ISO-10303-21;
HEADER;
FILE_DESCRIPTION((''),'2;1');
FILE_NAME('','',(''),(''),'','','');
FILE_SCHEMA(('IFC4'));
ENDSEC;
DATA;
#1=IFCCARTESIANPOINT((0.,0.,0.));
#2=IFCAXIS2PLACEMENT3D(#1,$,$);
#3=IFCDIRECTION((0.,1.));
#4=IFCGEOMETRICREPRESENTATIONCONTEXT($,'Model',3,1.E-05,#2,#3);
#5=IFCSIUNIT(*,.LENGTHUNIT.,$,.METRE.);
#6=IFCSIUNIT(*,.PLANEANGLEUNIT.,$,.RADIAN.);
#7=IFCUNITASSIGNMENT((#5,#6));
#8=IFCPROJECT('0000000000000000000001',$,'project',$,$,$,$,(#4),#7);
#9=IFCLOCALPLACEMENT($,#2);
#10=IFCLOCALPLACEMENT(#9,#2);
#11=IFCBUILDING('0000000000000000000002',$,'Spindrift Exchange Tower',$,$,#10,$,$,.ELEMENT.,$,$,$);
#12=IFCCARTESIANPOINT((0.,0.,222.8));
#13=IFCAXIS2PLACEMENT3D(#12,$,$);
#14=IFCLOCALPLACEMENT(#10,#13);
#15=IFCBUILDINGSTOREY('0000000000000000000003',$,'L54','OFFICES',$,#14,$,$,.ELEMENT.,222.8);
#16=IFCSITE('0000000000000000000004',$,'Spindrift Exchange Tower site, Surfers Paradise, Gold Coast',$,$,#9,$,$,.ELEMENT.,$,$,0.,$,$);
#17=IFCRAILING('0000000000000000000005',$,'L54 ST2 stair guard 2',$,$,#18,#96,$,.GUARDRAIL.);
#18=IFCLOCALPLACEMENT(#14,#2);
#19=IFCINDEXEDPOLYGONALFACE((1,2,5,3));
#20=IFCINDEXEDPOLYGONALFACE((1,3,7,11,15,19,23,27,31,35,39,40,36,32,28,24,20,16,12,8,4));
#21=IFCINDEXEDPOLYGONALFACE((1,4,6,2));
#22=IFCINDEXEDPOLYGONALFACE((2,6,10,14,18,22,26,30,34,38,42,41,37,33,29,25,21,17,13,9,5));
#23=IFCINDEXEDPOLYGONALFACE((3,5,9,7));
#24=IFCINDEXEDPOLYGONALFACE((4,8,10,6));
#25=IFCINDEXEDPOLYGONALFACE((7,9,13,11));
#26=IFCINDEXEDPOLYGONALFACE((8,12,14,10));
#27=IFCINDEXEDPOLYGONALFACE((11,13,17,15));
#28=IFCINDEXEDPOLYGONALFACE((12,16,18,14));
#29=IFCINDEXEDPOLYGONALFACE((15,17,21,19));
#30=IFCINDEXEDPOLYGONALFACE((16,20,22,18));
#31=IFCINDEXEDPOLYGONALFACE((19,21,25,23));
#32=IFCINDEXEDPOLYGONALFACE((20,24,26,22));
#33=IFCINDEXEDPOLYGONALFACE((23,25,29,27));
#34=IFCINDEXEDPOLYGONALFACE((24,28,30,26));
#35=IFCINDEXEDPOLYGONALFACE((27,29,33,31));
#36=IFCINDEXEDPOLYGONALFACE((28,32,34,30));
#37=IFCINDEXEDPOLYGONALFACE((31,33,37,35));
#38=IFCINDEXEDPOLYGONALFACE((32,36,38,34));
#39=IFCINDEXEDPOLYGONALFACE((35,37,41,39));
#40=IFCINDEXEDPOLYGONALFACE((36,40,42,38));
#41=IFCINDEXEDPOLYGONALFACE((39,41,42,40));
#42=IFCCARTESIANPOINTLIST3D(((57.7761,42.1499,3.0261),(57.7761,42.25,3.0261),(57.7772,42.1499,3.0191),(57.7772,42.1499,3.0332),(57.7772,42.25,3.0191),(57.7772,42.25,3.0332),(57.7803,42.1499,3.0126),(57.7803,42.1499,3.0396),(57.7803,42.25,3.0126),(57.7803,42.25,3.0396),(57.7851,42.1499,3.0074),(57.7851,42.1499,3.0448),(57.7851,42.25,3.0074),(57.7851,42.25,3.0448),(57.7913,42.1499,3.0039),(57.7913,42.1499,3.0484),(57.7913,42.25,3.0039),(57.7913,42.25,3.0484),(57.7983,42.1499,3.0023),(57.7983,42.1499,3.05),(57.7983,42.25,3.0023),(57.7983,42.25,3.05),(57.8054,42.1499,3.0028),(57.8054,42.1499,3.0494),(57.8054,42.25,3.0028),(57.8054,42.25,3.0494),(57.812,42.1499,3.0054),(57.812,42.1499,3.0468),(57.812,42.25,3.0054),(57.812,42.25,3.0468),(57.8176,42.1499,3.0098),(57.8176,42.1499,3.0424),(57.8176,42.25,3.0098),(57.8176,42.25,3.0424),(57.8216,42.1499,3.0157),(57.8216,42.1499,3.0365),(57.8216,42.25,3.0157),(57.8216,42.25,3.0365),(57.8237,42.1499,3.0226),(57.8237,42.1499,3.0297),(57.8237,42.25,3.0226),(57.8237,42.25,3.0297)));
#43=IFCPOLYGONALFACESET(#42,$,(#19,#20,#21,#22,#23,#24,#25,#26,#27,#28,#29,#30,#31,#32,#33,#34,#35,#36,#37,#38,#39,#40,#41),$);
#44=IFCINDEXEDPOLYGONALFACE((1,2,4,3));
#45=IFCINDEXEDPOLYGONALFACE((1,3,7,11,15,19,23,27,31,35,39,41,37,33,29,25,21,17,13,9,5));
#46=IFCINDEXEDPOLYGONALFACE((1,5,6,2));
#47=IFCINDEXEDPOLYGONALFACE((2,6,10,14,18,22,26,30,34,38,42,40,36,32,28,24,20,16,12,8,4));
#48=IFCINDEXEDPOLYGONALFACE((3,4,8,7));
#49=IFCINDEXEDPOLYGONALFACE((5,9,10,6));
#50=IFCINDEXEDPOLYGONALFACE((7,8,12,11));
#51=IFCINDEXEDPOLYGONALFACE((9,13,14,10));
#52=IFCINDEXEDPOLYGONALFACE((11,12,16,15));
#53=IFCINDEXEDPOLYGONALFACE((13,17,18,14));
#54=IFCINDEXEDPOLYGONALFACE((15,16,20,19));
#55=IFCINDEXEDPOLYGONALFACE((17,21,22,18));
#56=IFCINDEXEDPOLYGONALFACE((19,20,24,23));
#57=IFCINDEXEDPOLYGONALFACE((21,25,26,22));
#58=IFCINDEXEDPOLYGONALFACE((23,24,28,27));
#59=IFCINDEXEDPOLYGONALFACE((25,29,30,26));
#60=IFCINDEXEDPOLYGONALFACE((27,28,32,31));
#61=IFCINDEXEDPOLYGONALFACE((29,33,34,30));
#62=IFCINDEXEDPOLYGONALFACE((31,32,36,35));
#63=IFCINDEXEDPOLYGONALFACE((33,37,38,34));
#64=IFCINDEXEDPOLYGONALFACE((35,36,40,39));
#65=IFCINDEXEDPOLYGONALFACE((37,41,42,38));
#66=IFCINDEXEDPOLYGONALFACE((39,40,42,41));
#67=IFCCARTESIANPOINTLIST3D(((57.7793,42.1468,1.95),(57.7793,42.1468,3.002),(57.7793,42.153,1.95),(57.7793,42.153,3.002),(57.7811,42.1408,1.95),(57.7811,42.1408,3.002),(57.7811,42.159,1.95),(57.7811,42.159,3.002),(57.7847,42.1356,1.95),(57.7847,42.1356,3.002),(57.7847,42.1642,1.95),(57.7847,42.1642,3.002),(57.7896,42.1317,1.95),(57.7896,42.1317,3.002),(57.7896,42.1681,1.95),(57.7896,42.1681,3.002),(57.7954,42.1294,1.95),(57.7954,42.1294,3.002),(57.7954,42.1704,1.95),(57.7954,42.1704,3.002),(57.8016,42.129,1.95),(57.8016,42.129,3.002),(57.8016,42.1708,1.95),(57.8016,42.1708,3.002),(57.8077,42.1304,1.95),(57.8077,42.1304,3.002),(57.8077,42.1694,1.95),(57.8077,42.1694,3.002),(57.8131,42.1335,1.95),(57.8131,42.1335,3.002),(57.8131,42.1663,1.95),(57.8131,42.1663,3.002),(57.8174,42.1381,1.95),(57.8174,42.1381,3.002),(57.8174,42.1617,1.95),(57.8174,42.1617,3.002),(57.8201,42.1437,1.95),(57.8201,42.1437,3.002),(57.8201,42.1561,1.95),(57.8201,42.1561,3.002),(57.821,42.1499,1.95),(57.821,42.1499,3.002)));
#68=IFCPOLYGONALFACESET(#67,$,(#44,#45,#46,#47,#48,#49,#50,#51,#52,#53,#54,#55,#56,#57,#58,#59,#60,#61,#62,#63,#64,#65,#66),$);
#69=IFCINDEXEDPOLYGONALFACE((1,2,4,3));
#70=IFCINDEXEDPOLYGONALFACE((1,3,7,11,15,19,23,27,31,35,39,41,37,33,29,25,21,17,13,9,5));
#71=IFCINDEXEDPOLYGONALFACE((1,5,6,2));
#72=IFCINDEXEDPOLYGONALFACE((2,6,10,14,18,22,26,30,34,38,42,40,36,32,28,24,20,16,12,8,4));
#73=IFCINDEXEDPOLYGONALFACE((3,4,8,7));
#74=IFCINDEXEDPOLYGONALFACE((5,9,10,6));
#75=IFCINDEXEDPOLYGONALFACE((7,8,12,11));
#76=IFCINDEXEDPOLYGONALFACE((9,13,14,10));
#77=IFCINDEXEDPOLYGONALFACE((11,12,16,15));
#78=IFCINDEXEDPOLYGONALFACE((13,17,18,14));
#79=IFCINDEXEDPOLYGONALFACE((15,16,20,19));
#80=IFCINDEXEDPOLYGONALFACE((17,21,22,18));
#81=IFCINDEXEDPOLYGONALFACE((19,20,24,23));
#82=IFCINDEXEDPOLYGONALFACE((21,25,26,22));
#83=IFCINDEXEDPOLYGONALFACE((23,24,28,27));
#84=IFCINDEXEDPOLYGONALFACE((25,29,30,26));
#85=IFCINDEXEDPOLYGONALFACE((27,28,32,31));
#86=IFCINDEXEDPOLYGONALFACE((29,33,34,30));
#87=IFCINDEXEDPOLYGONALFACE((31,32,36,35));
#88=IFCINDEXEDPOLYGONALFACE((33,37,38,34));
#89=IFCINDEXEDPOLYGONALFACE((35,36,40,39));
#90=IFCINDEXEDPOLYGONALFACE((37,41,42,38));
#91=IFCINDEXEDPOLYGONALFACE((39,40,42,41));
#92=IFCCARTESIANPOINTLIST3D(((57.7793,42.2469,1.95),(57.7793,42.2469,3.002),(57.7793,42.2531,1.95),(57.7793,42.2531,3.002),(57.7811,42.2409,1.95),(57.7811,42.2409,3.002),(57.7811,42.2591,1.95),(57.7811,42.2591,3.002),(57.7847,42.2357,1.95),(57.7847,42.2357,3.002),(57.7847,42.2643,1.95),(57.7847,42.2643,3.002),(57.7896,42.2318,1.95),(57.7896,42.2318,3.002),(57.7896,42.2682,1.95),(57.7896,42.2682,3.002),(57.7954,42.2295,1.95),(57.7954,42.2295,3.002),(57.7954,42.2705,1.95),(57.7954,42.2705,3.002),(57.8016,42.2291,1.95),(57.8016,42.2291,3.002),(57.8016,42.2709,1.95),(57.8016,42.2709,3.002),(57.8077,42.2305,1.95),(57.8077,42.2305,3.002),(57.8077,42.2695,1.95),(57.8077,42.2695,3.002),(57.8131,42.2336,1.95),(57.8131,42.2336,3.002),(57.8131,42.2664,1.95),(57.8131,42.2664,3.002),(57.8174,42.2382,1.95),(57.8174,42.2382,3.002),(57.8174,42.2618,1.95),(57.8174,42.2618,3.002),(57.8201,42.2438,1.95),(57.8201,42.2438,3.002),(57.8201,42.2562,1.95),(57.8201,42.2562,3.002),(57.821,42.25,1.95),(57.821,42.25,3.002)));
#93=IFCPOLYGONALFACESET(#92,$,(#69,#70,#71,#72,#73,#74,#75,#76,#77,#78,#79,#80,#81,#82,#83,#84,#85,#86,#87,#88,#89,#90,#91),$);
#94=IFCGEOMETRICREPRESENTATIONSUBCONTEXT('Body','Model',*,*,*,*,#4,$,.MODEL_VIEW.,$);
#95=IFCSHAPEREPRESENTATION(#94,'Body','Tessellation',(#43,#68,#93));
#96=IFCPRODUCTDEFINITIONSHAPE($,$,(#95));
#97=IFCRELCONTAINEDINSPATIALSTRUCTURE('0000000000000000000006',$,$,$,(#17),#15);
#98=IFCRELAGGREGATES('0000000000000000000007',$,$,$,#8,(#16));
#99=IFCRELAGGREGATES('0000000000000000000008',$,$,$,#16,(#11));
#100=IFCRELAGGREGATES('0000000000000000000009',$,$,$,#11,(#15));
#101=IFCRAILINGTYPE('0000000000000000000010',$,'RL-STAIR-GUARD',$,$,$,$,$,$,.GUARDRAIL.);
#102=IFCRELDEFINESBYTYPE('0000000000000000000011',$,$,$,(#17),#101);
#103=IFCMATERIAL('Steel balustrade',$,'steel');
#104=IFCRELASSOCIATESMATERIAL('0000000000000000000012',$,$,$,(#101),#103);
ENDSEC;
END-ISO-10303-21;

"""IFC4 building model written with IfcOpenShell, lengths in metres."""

from ifc_helpers import new_model, si_unit, direction, frame, origin, origin_2d, place, context, subcontext, project, spatial, circle, extrude, material, type_object, element, save


model = new_model("IFC4")

# Units and contexts
model_context = context("Model", 3, precision=1e-05, world=origin(), true_north=direction((0.0, 1.0)))
body_context = subcontext(model_context, "Body", "Model", "MODEL_VIEW")
ifc_project = project(units=[si_unit("LENGTHUNIT", "METRE"), si_unit("PLANEANGLEUNIT", "RADIAN")], contexts=[model_context])

# Site, building, storey
site_placement = place(None, origin())
site = spatial("IfcSite", under=ifc_project, at=site_placement, Name="Spindrift Exchange Tower site, Surfers Paradise, Gold Coast", CompositionType="ELEMENT", RefElevation=0.0)
building_placement = place(site_placement, origin())
building = spatial("IfcBuilding", under=site, at=building_placement, Name="Spindrift Exchange Tower", CompositionType="ELEMENT")
storey_placement = place(building_placement, frame((0.0, 0.0, 222.8)))
storey = spatial("IfcBuildingStorey", under=building, at=storey_placement, Name="L54", Description="OFFICES", CompositionType="ELEMENT", Elevation=222.8)

# Railing
ifc_material_1 = material(Name="Steel balustrade", Category="steel")
railing_type_1 = type_object("IfcRailingType", Name="RL-STAIR-GUARD", PredefinedType="GUARDRAIL", material=ifc_material_1)
railing_1_placement = place(storey_placement, frame((57.8, 42.1499, 1.95)))
element("IfcRailing", 1, at=railing_1_placement, inside=storey, type_object=railing_type_1, Name="L54 ST2 stair guard 2", PredefinedType="GUARDRAIL", context=body_context, shape_type="SweptSolid", body=[
    extrude(circle(Radius=0.0239, at=origin_2d()), frame((0.0, 0.0, 1.0762), z_axis=(0.0, 1.0, 0.0), x_axis=(-1.0, 0.0, 0.0)), (0.0, 0.0, 1.0), 0.1001),
    extrude(circle(Radius=0.021, at=origin_2d()), origin(), (0.0, 0.0, 1.0), 1.052),
    extrude(circle(Radius=0.021, at=origin_2d()), frame((0.0, 0.1001, 0.0)), (0.0, 0.0, 1.0), 1.052),
])

save(model, "model.ifc")
